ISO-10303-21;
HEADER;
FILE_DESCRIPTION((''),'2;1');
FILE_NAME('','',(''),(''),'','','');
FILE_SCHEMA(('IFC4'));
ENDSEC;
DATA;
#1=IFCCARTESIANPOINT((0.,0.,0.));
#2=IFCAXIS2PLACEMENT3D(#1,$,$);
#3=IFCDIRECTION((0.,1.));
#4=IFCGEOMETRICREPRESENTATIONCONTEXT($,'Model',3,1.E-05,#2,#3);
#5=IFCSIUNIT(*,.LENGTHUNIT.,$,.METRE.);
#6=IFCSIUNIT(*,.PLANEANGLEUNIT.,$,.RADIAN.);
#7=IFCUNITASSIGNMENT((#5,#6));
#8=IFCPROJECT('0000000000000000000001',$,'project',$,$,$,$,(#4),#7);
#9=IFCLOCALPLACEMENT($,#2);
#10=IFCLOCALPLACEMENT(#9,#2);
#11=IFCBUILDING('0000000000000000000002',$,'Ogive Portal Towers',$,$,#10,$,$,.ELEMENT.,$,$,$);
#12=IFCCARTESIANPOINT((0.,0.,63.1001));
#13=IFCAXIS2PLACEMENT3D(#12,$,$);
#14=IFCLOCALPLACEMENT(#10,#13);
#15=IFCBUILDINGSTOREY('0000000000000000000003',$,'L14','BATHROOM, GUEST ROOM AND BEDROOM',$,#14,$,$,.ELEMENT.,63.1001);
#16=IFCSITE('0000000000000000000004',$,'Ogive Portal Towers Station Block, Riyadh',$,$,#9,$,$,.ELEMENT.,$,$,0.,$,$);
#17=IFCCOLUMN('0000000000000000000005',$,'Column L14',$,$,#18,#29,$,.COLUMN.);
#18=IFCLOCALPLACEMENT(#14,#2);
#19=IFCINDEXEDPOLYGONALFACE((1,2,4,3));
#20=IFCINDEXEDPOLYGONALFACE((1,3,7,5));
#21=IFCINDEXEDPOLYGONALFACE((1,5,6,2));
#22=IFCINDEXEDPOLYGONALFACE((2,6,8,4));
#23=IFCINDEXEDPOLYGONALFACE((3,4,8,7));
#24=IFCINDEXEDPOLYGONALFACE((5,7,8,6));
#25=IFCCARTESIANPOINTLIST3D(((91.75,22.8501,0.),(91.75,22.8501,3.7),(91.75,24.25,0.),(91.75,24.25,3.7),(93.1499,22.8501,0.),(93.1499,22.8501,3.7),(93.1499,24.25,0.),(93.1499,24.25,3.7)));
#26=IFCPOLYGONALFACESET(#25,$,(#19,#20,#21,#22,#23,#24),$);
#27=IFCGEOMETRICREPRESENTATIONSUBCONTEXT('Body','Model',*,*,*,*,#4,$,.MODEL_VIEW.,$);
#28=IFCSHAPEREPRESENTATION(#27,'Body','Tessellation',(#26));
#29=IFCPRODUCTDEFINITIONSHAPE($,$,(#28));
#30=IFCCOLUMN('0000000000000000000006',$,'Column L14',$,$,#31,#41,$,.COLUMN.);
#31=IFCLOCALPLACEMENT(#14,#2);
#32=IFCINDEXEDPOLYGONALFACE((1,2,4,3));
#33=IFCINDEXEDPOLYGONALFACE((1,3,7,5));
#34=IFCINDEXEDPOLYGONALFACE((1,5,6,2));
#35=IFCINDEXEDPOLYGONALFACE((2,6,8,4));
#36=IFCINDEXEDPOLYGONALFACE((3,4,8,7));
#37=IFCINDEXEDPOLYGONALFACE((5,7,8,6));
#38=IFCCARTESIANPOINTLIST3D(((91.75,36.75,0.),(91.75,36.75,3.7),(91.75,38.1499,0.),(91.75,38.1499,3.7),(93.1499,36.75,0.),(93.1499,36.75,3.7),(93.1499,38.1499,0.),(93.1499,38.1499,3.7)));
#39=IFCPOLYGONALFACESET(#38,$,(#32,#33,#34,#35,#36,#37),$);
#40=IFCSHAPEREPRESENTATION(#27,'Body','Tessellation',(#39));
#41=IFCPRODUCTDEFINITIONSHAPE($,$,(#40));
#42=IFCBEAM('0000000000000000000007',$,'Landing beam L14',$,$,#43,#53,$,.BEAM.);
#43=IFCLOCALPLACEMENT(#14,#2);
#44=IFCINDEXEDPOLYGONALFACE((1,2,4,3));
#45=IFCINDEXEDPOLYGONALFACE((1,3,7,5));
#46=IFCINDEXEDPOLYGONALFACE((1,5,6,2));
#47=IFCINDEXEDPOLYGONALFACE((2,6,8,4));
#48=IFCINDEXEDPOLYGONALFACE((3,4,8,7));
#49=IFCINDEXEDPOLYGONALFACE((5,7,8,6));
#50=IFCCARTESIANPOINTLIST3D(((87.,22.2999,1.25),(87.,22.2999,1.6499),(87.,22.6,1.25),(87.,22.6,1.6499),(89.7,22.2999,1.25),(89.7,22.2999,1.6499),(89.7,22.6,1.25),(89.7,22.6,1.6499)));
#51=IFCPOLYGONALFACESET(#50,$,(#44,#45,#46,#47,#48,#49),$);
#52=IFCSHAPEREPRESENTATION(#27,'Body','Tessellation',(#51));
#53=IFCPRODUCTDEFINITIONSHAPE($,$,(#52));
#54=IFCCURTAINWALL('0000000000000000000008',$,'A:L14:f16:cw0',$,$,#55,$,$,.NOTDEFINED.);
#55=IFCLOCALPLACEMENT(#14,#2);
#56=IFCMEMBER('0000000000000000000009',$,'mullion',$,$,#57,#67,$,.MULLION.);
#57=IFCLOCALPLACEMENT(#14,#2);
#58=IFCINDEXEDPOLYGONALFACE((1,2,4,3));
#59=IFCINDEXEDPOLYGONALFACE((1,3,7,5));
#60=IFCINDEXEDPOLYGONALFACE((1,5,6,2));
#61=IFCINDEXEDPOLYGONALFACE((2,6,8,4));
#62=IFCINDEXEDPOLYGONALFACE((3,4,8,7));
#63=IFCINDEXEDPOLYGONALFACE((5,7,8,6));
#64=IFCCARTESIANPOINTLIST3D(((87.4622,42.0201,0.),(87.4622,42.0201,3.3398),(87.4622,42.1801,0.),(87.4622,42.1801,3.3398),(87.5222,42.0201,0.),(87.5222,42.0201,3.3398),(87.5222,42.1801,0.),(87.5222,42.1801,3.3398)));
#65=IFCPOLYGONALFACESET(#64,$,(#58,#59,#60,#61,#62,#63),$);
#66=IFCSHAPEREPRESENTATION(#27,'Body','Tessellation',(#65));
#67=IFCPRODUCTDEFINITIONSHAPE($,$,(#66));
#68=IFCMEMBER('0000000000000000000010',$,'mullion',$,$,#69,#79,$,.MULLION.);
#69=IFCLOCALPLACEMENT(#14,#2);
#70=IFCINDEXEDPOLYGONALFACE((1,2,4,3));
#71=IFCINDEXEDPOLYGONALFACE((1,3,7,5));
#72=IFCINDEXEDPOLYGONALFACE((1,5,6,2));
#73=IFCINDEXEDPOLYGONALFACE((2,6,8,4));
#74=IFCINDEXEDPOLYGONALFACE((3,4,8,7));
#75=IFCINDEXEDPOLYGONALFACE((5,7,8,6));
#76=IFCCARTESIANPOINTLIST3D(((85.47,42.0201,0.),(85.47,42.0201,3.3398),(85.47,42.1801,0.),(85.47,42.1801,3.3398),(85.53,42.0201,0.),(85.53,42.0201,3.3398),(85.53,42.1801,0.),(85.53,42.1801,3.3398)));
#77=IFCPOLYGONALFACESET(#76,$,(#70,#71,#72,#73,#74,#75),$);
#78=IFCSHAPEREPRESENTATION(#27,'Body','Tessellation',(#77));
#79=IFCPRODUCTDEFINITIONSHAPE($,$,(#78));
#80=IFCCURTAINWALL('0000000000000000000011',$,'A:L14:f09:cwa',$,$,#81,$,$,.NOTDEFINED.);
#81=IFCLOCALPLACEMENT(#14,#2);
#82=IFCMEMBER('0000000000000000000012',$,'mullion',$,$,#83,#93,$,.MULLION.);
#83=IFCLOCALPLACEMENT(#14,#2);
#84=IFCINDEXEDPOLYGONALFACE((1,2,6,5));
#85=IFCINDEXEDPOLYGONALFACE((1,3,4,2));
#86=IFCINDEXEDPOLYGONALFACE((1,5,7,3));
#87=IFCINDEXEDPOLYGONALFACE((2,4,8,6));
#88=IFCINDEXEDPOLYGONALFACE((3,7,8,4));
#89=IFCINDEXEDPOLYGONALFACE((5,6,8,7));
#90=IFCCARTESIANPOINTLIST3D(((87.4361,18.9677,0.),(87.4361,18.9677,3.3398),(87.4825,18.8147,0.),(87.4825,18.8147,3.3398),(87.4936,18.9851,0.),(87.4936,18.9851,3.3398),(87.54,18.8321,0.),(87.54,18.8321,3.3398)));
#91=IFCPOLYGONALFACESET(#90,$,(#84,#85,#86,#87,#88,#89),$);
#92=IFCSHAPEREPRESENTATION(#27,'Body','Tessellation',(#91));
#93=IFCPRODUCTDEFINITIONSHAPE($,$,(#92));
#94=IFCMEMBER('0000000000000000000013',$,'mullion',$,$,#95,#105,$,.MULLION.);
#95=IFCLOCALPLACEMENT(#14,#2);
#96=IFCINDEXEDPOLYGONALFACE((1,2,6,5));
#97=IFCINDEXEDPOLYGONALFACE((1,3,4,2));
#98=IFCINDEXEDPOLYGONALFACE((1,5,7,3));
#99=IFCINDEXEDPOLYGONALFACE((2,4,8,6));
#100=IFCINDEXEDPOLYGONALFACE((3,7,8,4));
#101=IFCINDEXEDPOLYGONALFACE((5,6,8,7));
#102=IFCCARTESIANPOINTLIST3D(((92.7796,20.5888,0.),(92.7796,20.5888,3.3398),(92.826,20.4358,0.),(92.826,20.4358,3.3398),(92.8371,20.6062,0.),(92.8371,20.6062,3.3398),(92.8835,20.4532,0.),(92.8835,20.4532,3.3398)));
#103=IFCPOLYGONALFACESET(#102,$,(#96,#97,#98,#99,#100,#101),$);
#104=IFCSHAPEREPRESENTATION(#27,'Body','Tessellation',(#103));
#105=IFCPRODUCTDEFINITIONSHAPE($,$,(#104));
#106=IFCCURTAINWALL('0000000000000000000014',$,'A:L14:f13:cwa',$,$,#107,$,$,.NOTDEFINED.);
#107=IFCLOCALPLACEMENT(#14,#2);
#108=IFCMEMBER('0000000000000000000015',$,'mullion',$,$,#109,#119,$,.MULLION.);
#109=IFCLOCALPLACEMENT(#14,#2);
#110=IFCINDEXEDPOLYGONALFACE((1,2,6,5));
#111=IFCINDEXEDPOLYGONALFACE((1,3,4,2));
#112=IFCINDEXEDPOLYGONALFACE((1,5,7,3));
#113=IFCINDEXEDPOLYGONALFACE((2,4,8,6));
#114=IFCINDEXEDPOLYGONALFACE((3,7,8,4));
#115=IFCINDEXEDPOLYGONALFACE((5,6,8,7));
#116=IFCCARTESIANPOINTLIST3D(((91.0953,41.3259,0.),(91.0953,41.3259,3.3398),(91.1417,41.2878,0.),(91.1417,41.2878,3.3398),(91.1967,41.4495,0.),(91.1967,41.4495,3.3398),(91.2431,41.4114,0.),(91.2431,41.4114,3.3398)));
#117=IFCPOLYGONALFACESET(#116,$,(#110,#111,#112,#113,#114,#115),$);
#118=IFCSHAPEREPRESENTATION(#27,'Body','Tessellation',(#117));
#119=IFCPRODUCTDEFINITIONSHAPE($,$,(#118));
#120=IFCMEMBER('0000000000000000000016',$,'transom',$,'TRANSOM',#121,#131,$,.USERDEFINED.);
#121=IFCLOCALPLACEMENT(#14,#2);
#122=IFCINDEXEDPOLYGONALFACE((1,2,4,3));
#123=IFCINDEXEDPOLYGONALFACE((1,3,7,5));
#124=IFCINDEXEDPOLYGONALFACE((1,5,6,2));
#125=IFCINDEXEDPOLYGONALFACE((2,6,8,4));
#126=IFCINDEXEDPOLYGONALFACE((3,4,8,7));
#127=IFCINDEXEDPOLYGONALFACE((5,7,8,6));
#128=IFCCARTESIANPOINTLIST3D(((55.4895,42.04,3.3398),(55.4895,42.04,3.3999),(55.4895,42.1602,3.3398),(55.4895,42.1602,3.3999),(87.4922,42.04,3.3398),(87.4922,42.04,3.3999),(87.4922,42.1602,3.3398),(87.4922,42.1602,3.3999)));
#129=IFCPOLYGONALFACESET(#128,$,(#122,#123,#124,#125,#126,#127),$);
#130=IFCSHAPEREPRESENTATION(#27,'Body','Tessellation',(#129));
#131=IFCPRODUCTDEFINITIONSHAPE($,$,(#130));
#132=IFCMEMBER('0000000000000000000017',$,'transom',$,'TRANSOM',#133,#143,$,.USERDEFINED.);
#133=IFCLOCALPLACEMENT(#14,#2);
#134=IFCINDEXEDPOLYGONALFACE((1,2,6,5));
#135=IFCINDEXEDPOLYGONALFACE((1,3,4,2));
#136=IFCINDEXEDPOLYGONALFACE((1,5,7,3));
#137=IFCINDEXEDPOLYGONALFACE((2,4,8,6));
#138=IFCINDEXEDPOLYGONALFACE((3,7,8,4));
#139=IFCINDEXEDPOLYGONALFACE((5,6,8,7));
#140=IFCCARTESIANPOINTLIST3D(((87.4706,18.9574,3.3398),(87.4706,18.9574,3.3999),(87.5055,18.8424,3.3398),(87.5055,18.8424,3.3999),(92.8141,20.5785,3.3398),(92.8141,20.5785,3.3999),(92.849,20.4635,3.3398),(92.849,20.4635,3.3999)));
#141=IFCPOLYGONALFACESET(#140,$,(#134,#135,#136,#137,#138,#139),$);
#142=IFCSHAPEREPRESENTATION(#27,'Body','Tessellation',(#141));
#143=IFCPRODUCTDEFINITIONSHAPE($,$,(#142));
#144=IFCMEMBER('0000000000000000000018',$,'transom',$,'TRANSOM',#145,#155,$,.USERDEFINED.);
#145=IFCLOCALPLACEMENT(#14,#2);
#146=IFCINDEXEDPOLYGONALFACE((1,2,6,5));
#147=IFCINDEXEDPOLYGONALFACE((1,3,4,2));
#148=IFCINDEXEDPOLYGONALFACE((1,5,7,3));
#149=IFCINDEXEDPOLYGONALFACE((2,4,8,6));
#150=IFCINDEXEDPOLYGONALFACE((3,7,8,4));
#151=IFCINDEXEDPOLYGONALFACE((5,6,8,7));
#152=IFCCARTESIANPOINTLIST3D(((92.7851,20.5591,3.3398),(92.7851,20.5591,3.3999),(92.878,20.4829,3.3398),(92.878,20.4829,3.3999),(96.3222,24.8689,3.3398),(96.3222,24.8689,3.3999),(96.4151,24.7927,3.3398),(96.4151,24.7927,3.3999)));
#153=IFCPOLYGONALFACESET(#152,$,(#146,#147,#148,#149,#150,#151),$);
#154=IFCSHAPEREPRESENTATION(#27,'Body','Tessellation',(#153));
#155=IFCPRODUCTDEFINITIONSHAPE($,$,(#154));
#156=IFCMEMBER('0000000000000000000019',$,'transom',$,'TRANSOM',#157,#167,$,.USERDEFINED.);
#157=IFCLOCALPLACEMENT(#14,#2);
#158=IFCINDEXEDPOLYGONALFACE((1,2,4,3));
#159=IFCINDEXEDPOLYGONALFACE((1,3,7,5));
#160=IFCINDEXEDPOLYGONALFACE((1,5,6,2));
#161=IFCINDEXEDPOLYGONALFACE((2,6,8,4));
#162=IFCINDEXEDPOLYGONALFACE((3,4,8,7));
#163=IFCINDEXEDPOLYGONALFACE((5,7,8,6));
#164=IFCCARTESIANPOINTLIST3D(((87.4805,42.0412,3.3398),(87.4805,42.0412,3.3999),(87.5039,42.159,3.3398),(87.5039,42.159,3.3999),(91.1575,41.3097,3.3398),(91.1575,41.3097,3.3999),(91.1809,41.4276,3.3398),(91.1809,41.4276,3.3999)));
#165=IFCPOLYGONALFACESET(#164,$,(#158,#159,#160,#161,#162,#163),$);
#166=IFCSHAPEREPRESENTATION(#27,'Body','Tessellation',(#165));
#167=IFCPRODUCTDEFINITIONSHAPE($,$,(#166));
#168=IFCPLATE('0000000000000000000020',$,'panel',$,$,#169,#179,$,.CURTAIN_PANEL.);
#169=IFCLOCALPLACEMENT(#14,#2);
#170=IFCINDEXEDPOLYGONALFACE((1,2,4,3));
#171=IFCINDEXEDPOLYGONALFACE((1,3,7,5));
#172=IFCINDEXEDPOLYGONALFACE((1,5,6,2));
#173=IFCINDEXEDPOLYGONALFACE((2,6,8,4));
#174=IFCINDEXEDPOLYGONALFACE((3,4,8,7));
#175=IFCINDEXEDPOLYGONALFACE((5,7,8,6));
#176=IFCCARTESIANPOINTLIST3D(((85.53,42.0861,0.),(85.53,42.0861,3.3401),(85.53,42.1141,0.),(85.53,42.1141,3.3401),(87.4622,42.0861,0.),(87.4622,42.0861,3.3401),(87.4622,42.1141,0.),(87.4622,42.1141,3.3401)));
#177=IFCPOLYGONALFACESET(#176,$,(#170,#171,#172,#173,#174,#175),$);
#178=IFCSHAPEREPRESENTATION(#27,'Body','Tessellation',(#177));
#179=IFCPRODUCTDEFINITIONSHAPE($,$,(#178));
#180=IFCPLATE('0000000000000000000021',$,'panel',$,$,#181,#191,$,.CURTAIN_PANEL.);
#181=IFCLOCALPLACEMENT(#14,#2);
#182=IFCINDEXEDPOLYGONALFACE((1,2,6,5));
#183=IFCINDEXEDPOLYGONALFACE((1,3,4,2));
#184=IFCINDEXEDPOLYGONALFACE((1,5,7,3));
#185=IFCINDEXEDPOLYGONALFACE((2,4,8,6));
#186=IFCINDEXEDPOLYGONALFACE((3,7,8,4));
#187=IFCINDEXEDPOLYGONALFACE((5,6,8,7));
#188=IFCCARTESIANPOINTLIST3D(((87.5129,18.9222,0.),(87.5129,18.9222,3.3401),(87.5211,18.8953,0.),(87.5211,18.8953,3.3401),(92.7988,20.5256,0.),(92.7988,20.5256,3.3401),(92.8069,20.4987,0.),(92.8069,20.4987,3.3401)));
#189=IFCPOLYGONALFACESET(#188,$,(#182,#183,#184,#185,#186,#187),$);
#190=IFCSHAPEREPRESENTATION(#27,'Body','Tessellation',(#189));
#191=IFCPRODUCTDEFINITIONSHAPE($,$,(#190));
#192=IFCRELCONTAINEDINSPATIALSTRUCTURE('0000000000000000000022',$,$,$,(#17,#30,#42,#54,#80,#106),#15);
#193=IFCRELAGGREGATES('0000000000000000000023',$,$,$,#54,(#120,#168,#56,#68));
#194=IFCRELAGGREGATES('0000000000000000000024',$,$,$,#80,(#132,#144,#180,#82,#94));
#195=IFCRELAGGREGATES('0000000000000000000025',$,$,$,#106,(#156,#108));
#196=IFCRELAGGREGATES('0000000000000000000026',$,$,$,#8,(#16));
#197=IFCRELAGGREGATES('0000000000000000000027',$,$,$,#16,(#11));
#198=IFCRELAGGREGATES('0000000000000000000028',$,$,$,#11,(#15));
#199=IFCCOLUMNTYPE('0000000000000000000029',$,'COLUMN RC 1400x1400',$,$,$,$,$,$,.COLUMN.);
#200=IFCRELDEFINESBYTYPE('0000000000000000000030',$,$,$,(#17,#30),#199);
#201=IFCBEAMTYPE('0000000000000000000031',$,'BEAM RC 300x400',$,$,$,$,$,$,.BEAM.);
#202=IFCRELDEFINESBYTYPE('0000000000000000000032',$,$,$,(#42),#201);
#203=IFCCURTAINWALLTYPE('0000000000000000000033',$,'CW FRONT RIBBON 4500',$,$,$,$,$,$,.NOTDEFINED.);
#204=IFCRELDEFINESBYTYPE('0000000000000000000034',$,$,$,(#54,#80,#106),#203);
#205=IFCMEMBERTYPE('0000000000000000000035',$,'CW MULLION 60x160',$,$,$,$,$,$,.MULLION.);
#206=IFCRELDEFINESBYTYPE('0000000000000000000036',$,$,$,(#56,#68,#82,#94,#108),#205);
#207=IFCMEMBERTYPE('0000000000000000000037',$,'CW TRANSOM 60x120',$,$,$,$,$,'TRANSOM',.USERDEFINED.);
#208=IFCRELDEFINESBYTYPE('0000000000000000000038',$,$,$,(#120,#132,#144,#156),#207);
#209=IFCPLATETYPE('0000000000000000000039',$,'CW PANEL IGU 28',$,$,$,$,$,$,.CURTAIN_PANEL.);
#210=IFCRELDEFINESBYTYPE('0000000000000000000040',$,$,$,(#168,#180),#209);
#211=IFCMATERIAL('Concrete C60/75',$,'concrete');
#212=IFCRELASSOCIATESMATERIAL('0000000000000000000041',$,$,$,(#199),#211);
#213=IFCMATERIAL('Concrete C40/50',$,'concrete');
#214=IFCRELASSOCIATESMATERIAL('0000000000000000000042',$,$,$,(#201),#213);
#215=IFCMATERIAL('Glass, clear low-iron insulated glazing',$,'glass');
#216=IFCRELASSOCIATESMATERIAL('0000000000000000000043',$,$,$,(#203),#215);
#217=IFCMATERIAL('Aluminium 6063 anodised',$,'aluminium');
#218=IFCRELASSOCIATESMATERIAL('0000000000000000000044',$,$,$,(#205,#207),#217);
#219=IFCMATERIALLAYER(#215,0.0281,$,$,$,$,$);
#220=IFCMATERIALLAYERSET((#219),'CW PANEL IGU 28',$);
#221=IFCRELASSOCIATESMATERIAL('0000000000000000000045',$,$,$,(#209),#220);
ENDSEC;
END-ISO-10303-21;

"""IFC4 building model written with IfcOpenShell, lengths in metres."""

from ifc_helpers import new_model, si_unit, direction, frame, origin, origin_2d, place, context, subcontext, project, spatial, rectangle, extrude, material, layer, layer_set, material_profile, profile_set, type_object, element, aggregate, save


model = new_model("IFC4")

# Units and contexts
model_context = context("Model", 3, precision=1e-05, world=origin(), true_north=direction((0.0, 1.0)))
body_context = subcontext(model_context, "Body", "Model", "MODEL_VIEW")
ifc_project = project(units=[si_unit("LENGTHUNIT", "METRE"), si_unit("PLANEANGLEUNIT", "RADIAN")], contexts=[model_context])

# Site, building, storey
site_placement = place(None, origin())
site = spatial("IfcSite", under=ifc_project, at=site_placement, Name="Ogive Portal Towers Station Block, Riyadh", CompositionType="ELEMENT", RefElevation=0.0)
building_placement = place(site_placement, origin())
building = spatial("IfcBuilding", under=site, at=building_placement, Name="Ogive Portal Towers", CompositionType="ELEMENT")
storey_placement = place(building_placement, frame((0.0, 0.0, 63.1001)))
storey = spatial("IfcBuildingStorey", under=building, at=storey_placement, Name="L14", Description="BATHROOM, GUEST ROOM AND BEDROOM", CompositionType="ELEMENT", Elevation=63.1001)

# Columns
ifc_material_1 = material(Name="Concrete C60/75", Category="concrete")
ifc_material_profile_1 = material_profile(ifc_material_1, rectangle(XDim=1.3999, YDim=1.3999, at=origin_2d()), Name="RC 1400x1400")
ifc_profile_set_1 = profile_set([ifc_material_profile_1], Name="Concrete C60/75")
column_type = type_object("IfcColumnType", Name="COLUMN RC 1400x1400", PredefinedType="COLUMN", material=ifc_profile_set_1)
for number, where, z_axis, x_axis, name in (
    (1, (92.45, 23.55, 0.0), (0.0, 0.0, 1.0), (1.0, 0.0, 0.0), "Column L14"),
    (2, (92.45, 37.45, 0.0), (0.0, 0.0, 1.0), (1.0, 0.0, 0.0), "Column L14"),
):
    element("IfcColumn", number, at=place(storey_placement, frame(where, z_axis=z_axis, x_axis=x_axis)), inside=storey, type_object=column_type, Name=name, PredefinedType="COLUMN", context=body_context, shape_type="SweptSolid", body=[
        extrude(rectangle(XDim=1.3999, YDim=1.3999, at=origin_2d()), origin(), (0.0, 0.0, 1.0), 3.7),
    ])

# Beam
ifc_material_2 = material(Name="Concrete C40/50", Category="concrete")
ifc_material_profile_2 = material_profile(ifc_material_2, rectangle(XDim=0.3, YDim=0.3999, at=origin_2d()), Name="RC 300x400")
ifc_profile_set_2 = profile_set([ifc_material_profile_2], Name="Concrete C40/50")
beam_type = type_object("IfcBeamType", Name="BEAM RC 300x400", PredefinedType="BEAM", material=ifc_profile_set_2)
beam_placement = place(storey_placement, frame((87.0, 22.45, 1.45), z_axis=(1.0, 0.0, 0.0), x_axis=(0.0, 1.0, 0.0)))
element("IfcBeam", 3, at=beam_placement, inside=storey, type_object=beam_type, Name="Landing beam L14", PredefinedType="BEAM", context=body_context, shape_type="SweptSolid", body=[
    extrude(rectangle(XDim=0.3, YDim=0.3999, at=origin_2d()), origin(), (0.0, 0.0, 1.0), 2.7),
])

# Curtain walls, members
ifc_material_3 = material(Name="Glass, clear low-iron insulated glazing", Category="glass")
curtain_wall_type = type_object("IfcCurtainWallType", Name="CW FRONT RIBBON 4500", PredefinedType="NOTDEFINED", material=ifc_material_3)
curtain_wall_1_placement = place(storey_placement, origin())
curtain_wall_1 = element("IfcCurtainWall", 4, at=curtain_wall_1_placement, inside=storey, type_object=curtain_wall_type, Name="A:L14:f16:cw0", PredefinedType="NOTDEFINED")
ifc_material_4 = material(Name="Aluminium 6063 anodised", Category="aluminium")
ifc_material_profile_3 = material_profile(ifc_material_4, rectangle(XDim=0.1599, YDim=0.0601, at=origin_2d()), Name="AL 60x160")
ifc_profile_set_3 = profile_set([ifc_material_profile_3], Name="Aluminium 6063 anodised")
member_type_1 = type_object("IfcMemberType", Name="CW MULLION 60x160", PredefinedType="MULLION", material=ifc_profile_set_3)
member_1_placement = place(storey_placement, frame((87.4922, 42.1001, 0.0), z_axis=(0.0, 0.0, 1.0), x_axis=(0.0, -1.0, 0.0)))
member_1 = element("IfcMember", 5, at=member_1_placement, type_object=member_type_1, Name="mullion", PredefinedType="MULLION", context=body_context, shape_type="SweptSolid", body=[
    extrude(rectangle(XDim=0.1599, YDim=0.0601, at=origin_2d()), origin(), (0.0, 0.0, 1.0), 3.3398),
])
member_2_placement = place(storey_placement, frame((85.5, 42.1001, 0.0), z_axis=(0.0, 0.0, 1.0), x_axis=(0.0, -1.0, 0.0)))
member_2 = element("IfcMember", 6, at=member_2_placement, type_object=member_type_1, Name="mullion", PredefinedType="MULLION", context=body_context, shape_type="SweptSolid", body=[
    extrude(rectangle(XDim=0.1599, YDim=0.0601, at=origin_2d()), origin(), (0.0, 0.0, 1.0), 3.3398),
])
curtain_wall_2_placement = place(storey_placement, origin())
curtain_wall_2 = element("IfcCurtainWall", 7, at=curtain_wall_2_placement, inside=storey, type_object=curtain_wall_type, Name="A:L14:f09:cwa", PredefinedType="NOTDEFINED")
member_3_placement = place(storey_placement, frame((87.488, 18.8999, 0.0), z_axis=(0.0, 0.0, 1.0), x_axis=(-0.290285, 0.95694, 0.0)))
member_3 = element("IfcMember", 8, at=member_3_placement, type_object=member_type_1, Name="mullion", PredefinedType="MULLION", context=body_context, shape_type="SweptSolid", body=[
    extrude(rectangle(XDim=0.1599, YDim=0.0601, at=origin_2d()), origin(), (0.0, 0.0, 1.0), 3.3398),
])
member_4_placement = place(storey_placement, frame((92.8315, 20.521, 0.0), z_axis=(0.0, 0.0, 1.0), x_axis=(-0.290285, 0.95694, 0.0)))
member_4 = element("IfcMember", 9, at=member_4_placement, type_object=member_type_1, Name="mullion", PredefinedType="MULLION", context=body_context, shape_type="SweptSolid", body=[
    extrude(rectangle(XDim=0.1599, YDim=0.0601, at=origin_2d()), origin(), (0.0, 0.0, 1.0), 3.3398),
])

# Curtain wall, member
curtain_wall_3_placement = place(storey_placement, origin())
curtain_wall_3 = element("IfcCurtainWall", 10, at=curtain_wall_3_placement, inside=storey, type_object=curtain_wall_type, Name="A:L14:f13:cwa", PredefinedType="NOTDEFINED")
member_5_placement = place(storey_placement, frame((91.1692, 41.3687, 0.0), z_axis=(0.0, 0.0, 1.0), x_axis=(-0.634393, -0.77301, 0.0)))
member_5 = element("IfcMember", 11, at=member_5_placement, type_object=member_type_1, Name="mullion", PredefinedType="MULLION", context=body_context, shape_type="SweptSolid", body=[
    extrude(rectangle(XDim=0.1599, YDim=0.0601, at=origin_2d()), origin(), (0.0, 0.0, 1.0), 3.3398),
])

# Members
ifc_material_profile_4 = material_profile(ifc_material_4, rectangle(XDim=0.1201, YDim=0.0601, at=origin_2d()), Name="AL 120x60")
ifc_profile_set_4 = profile_set([ifc_material_profile_4], Name="Aluminium 6063 anodised")
member_type_2 = type_object("IfcMemberType", Name="CW TRANSOM 60x120", ElementType="TRANSOM", PredefinedType="USERDEFINED", material=ifc_profile_set_4)
member_6_placement = place(storey_placement, frame((87.4922, 42.1001, 3.3699), z_axis=(-1.0, 0.0, 0.0), x_axis=(0.0, -1.0, 0.0)))
member_6 = element("IfcMember", 12, at=member_6_placement, type_object=member_type_2, Name="transom", ObjectType="TRANSOM", PredefinedType="USERDEFINED", context=body_context, shape_type="SweptSolid", body=[
    extrude(rectangle(XDim=0.1201, YDim=0.0601, at=origin_2d()), origin(), (0.0, 0.0, 1.0), 32.0027),
])
member_7_placement = place(storey_placement, frame((87.488, 18.8999, 3.3699), z_axis=(0.956932, 0.290311, 0.0), x_axis=(-0.290311, 0.956932, 0.0)))
member_7 = element("IfcMember", 13, at=member_7_placement, type_object=member_type_2, Name="transom", ObjectType="TRANSOM", PredefinedType="USERDEFINED", context=body_context, shape_type="SweptSolid", body=[
    extrude(rectangle(XDim=0.1201, YDim=0.0601, at=origin_2d()), origin(), (0.0, 0.0, 1.0), 5.584),
])
member_8_placement = place(storey_placement, frame((92.8315, 20.521, 3.3699), z_axis=(0.634408, 0.772998, 0.0), x_axis=(-0.772998, 0.634408, 0.0)))
member_8 = element("IfcMember", 14, at=member_8_placement, type_object=member_type_2, Name="transom", ObjectType="TRANSOM", PredefinedType="USERDEFINED", context=body_context, shape_type="SweptSolid", body=[
    extrude(rectangle(XDim=0.1201, YDim=0.0601, at=origin_2d()), origin(), (0.0, 0.0, 1.0), 5.5754),
])
member_9_placement = place(storey_placement, frame((91.1692, 41.3687, 3.3699), z_axis=(-0.980783, 0.195102, 0.0), x_axis=(-0.195102, -0.980783, 0.0)))
member_9 = element("IfcMember", 15, at=member_9_placement, type_object=member_type_2, Name="transom", ObjectType="TRANSOM", PredefinedType="USERDEFINED", context=body_context, shape_type="SweptSolid", body=[
    extrude(rectangle(XDim=0.1201, YDim=0.0601, at=origin_2d()), origin(), (0.0, 0.0, 1.0), 3.749),
])

# Plates
ifc_layer_1 = layer(ifc_material_3, 0.0281)
ifc_layer_set_1 = layer_set([ifc_layer_1], Name="CW PANEL IGU 28")
plate_type = type_object("IfcPlateType", Name="CW PANEL IGU 28", PredefinedType="CURTAIN_PANEL", material=ifc_layer_set_1)
plate_1_placement = place(storey_placement, frame((86.4961, 42.1001, 0.0), z_axis=(0.0, 0.0, 1.0), x_axis=(-1.0, 0.0, 0.0)))
plate_1 = element("IfcPlate", 16, at=plate_1_placement, type_object=plate_type, Name="panel", PredefinedType="CURTAIN_PANEL", context=body_context, shape_type="SweptSolid", body=[
    extrude(rectangle(XDim=1.9321, YDim=0.0281, at=origin_2d()), origin(), (0.0, 0.0, 1.0), 3.3401),
])
aggregate(curtain_wall_1, [member_6, plate_1, member_1, member_2])
plate_2_placement = place(storey_placement, frame((90.1599, 19.7104, 0.0), z_axis=(0.0, 0.0, 1.0), x_axis=(0.95694, 0.290285, 0.0)))
plate_2 = element("IfcPlate", 17, at=plate_2_placement, type_object=plate_type, Name="panel", PredefinedType="CURTAIN_PANEL", context=body_context, shape_type="SweptSolid", body=[
    extrude(rectangle(XDim=5.5237, YDim=0.0281, at=origin_2d()), origin(), (0.0, 0.0, 1.0), 3.3401),
])
aggregate(curtain_wall_2, [member_7, member_8, plate_2, member_3, member_4])
aggregate(curtain_wall_3, [member_9, member_5])

save(model, "model.ifc")
